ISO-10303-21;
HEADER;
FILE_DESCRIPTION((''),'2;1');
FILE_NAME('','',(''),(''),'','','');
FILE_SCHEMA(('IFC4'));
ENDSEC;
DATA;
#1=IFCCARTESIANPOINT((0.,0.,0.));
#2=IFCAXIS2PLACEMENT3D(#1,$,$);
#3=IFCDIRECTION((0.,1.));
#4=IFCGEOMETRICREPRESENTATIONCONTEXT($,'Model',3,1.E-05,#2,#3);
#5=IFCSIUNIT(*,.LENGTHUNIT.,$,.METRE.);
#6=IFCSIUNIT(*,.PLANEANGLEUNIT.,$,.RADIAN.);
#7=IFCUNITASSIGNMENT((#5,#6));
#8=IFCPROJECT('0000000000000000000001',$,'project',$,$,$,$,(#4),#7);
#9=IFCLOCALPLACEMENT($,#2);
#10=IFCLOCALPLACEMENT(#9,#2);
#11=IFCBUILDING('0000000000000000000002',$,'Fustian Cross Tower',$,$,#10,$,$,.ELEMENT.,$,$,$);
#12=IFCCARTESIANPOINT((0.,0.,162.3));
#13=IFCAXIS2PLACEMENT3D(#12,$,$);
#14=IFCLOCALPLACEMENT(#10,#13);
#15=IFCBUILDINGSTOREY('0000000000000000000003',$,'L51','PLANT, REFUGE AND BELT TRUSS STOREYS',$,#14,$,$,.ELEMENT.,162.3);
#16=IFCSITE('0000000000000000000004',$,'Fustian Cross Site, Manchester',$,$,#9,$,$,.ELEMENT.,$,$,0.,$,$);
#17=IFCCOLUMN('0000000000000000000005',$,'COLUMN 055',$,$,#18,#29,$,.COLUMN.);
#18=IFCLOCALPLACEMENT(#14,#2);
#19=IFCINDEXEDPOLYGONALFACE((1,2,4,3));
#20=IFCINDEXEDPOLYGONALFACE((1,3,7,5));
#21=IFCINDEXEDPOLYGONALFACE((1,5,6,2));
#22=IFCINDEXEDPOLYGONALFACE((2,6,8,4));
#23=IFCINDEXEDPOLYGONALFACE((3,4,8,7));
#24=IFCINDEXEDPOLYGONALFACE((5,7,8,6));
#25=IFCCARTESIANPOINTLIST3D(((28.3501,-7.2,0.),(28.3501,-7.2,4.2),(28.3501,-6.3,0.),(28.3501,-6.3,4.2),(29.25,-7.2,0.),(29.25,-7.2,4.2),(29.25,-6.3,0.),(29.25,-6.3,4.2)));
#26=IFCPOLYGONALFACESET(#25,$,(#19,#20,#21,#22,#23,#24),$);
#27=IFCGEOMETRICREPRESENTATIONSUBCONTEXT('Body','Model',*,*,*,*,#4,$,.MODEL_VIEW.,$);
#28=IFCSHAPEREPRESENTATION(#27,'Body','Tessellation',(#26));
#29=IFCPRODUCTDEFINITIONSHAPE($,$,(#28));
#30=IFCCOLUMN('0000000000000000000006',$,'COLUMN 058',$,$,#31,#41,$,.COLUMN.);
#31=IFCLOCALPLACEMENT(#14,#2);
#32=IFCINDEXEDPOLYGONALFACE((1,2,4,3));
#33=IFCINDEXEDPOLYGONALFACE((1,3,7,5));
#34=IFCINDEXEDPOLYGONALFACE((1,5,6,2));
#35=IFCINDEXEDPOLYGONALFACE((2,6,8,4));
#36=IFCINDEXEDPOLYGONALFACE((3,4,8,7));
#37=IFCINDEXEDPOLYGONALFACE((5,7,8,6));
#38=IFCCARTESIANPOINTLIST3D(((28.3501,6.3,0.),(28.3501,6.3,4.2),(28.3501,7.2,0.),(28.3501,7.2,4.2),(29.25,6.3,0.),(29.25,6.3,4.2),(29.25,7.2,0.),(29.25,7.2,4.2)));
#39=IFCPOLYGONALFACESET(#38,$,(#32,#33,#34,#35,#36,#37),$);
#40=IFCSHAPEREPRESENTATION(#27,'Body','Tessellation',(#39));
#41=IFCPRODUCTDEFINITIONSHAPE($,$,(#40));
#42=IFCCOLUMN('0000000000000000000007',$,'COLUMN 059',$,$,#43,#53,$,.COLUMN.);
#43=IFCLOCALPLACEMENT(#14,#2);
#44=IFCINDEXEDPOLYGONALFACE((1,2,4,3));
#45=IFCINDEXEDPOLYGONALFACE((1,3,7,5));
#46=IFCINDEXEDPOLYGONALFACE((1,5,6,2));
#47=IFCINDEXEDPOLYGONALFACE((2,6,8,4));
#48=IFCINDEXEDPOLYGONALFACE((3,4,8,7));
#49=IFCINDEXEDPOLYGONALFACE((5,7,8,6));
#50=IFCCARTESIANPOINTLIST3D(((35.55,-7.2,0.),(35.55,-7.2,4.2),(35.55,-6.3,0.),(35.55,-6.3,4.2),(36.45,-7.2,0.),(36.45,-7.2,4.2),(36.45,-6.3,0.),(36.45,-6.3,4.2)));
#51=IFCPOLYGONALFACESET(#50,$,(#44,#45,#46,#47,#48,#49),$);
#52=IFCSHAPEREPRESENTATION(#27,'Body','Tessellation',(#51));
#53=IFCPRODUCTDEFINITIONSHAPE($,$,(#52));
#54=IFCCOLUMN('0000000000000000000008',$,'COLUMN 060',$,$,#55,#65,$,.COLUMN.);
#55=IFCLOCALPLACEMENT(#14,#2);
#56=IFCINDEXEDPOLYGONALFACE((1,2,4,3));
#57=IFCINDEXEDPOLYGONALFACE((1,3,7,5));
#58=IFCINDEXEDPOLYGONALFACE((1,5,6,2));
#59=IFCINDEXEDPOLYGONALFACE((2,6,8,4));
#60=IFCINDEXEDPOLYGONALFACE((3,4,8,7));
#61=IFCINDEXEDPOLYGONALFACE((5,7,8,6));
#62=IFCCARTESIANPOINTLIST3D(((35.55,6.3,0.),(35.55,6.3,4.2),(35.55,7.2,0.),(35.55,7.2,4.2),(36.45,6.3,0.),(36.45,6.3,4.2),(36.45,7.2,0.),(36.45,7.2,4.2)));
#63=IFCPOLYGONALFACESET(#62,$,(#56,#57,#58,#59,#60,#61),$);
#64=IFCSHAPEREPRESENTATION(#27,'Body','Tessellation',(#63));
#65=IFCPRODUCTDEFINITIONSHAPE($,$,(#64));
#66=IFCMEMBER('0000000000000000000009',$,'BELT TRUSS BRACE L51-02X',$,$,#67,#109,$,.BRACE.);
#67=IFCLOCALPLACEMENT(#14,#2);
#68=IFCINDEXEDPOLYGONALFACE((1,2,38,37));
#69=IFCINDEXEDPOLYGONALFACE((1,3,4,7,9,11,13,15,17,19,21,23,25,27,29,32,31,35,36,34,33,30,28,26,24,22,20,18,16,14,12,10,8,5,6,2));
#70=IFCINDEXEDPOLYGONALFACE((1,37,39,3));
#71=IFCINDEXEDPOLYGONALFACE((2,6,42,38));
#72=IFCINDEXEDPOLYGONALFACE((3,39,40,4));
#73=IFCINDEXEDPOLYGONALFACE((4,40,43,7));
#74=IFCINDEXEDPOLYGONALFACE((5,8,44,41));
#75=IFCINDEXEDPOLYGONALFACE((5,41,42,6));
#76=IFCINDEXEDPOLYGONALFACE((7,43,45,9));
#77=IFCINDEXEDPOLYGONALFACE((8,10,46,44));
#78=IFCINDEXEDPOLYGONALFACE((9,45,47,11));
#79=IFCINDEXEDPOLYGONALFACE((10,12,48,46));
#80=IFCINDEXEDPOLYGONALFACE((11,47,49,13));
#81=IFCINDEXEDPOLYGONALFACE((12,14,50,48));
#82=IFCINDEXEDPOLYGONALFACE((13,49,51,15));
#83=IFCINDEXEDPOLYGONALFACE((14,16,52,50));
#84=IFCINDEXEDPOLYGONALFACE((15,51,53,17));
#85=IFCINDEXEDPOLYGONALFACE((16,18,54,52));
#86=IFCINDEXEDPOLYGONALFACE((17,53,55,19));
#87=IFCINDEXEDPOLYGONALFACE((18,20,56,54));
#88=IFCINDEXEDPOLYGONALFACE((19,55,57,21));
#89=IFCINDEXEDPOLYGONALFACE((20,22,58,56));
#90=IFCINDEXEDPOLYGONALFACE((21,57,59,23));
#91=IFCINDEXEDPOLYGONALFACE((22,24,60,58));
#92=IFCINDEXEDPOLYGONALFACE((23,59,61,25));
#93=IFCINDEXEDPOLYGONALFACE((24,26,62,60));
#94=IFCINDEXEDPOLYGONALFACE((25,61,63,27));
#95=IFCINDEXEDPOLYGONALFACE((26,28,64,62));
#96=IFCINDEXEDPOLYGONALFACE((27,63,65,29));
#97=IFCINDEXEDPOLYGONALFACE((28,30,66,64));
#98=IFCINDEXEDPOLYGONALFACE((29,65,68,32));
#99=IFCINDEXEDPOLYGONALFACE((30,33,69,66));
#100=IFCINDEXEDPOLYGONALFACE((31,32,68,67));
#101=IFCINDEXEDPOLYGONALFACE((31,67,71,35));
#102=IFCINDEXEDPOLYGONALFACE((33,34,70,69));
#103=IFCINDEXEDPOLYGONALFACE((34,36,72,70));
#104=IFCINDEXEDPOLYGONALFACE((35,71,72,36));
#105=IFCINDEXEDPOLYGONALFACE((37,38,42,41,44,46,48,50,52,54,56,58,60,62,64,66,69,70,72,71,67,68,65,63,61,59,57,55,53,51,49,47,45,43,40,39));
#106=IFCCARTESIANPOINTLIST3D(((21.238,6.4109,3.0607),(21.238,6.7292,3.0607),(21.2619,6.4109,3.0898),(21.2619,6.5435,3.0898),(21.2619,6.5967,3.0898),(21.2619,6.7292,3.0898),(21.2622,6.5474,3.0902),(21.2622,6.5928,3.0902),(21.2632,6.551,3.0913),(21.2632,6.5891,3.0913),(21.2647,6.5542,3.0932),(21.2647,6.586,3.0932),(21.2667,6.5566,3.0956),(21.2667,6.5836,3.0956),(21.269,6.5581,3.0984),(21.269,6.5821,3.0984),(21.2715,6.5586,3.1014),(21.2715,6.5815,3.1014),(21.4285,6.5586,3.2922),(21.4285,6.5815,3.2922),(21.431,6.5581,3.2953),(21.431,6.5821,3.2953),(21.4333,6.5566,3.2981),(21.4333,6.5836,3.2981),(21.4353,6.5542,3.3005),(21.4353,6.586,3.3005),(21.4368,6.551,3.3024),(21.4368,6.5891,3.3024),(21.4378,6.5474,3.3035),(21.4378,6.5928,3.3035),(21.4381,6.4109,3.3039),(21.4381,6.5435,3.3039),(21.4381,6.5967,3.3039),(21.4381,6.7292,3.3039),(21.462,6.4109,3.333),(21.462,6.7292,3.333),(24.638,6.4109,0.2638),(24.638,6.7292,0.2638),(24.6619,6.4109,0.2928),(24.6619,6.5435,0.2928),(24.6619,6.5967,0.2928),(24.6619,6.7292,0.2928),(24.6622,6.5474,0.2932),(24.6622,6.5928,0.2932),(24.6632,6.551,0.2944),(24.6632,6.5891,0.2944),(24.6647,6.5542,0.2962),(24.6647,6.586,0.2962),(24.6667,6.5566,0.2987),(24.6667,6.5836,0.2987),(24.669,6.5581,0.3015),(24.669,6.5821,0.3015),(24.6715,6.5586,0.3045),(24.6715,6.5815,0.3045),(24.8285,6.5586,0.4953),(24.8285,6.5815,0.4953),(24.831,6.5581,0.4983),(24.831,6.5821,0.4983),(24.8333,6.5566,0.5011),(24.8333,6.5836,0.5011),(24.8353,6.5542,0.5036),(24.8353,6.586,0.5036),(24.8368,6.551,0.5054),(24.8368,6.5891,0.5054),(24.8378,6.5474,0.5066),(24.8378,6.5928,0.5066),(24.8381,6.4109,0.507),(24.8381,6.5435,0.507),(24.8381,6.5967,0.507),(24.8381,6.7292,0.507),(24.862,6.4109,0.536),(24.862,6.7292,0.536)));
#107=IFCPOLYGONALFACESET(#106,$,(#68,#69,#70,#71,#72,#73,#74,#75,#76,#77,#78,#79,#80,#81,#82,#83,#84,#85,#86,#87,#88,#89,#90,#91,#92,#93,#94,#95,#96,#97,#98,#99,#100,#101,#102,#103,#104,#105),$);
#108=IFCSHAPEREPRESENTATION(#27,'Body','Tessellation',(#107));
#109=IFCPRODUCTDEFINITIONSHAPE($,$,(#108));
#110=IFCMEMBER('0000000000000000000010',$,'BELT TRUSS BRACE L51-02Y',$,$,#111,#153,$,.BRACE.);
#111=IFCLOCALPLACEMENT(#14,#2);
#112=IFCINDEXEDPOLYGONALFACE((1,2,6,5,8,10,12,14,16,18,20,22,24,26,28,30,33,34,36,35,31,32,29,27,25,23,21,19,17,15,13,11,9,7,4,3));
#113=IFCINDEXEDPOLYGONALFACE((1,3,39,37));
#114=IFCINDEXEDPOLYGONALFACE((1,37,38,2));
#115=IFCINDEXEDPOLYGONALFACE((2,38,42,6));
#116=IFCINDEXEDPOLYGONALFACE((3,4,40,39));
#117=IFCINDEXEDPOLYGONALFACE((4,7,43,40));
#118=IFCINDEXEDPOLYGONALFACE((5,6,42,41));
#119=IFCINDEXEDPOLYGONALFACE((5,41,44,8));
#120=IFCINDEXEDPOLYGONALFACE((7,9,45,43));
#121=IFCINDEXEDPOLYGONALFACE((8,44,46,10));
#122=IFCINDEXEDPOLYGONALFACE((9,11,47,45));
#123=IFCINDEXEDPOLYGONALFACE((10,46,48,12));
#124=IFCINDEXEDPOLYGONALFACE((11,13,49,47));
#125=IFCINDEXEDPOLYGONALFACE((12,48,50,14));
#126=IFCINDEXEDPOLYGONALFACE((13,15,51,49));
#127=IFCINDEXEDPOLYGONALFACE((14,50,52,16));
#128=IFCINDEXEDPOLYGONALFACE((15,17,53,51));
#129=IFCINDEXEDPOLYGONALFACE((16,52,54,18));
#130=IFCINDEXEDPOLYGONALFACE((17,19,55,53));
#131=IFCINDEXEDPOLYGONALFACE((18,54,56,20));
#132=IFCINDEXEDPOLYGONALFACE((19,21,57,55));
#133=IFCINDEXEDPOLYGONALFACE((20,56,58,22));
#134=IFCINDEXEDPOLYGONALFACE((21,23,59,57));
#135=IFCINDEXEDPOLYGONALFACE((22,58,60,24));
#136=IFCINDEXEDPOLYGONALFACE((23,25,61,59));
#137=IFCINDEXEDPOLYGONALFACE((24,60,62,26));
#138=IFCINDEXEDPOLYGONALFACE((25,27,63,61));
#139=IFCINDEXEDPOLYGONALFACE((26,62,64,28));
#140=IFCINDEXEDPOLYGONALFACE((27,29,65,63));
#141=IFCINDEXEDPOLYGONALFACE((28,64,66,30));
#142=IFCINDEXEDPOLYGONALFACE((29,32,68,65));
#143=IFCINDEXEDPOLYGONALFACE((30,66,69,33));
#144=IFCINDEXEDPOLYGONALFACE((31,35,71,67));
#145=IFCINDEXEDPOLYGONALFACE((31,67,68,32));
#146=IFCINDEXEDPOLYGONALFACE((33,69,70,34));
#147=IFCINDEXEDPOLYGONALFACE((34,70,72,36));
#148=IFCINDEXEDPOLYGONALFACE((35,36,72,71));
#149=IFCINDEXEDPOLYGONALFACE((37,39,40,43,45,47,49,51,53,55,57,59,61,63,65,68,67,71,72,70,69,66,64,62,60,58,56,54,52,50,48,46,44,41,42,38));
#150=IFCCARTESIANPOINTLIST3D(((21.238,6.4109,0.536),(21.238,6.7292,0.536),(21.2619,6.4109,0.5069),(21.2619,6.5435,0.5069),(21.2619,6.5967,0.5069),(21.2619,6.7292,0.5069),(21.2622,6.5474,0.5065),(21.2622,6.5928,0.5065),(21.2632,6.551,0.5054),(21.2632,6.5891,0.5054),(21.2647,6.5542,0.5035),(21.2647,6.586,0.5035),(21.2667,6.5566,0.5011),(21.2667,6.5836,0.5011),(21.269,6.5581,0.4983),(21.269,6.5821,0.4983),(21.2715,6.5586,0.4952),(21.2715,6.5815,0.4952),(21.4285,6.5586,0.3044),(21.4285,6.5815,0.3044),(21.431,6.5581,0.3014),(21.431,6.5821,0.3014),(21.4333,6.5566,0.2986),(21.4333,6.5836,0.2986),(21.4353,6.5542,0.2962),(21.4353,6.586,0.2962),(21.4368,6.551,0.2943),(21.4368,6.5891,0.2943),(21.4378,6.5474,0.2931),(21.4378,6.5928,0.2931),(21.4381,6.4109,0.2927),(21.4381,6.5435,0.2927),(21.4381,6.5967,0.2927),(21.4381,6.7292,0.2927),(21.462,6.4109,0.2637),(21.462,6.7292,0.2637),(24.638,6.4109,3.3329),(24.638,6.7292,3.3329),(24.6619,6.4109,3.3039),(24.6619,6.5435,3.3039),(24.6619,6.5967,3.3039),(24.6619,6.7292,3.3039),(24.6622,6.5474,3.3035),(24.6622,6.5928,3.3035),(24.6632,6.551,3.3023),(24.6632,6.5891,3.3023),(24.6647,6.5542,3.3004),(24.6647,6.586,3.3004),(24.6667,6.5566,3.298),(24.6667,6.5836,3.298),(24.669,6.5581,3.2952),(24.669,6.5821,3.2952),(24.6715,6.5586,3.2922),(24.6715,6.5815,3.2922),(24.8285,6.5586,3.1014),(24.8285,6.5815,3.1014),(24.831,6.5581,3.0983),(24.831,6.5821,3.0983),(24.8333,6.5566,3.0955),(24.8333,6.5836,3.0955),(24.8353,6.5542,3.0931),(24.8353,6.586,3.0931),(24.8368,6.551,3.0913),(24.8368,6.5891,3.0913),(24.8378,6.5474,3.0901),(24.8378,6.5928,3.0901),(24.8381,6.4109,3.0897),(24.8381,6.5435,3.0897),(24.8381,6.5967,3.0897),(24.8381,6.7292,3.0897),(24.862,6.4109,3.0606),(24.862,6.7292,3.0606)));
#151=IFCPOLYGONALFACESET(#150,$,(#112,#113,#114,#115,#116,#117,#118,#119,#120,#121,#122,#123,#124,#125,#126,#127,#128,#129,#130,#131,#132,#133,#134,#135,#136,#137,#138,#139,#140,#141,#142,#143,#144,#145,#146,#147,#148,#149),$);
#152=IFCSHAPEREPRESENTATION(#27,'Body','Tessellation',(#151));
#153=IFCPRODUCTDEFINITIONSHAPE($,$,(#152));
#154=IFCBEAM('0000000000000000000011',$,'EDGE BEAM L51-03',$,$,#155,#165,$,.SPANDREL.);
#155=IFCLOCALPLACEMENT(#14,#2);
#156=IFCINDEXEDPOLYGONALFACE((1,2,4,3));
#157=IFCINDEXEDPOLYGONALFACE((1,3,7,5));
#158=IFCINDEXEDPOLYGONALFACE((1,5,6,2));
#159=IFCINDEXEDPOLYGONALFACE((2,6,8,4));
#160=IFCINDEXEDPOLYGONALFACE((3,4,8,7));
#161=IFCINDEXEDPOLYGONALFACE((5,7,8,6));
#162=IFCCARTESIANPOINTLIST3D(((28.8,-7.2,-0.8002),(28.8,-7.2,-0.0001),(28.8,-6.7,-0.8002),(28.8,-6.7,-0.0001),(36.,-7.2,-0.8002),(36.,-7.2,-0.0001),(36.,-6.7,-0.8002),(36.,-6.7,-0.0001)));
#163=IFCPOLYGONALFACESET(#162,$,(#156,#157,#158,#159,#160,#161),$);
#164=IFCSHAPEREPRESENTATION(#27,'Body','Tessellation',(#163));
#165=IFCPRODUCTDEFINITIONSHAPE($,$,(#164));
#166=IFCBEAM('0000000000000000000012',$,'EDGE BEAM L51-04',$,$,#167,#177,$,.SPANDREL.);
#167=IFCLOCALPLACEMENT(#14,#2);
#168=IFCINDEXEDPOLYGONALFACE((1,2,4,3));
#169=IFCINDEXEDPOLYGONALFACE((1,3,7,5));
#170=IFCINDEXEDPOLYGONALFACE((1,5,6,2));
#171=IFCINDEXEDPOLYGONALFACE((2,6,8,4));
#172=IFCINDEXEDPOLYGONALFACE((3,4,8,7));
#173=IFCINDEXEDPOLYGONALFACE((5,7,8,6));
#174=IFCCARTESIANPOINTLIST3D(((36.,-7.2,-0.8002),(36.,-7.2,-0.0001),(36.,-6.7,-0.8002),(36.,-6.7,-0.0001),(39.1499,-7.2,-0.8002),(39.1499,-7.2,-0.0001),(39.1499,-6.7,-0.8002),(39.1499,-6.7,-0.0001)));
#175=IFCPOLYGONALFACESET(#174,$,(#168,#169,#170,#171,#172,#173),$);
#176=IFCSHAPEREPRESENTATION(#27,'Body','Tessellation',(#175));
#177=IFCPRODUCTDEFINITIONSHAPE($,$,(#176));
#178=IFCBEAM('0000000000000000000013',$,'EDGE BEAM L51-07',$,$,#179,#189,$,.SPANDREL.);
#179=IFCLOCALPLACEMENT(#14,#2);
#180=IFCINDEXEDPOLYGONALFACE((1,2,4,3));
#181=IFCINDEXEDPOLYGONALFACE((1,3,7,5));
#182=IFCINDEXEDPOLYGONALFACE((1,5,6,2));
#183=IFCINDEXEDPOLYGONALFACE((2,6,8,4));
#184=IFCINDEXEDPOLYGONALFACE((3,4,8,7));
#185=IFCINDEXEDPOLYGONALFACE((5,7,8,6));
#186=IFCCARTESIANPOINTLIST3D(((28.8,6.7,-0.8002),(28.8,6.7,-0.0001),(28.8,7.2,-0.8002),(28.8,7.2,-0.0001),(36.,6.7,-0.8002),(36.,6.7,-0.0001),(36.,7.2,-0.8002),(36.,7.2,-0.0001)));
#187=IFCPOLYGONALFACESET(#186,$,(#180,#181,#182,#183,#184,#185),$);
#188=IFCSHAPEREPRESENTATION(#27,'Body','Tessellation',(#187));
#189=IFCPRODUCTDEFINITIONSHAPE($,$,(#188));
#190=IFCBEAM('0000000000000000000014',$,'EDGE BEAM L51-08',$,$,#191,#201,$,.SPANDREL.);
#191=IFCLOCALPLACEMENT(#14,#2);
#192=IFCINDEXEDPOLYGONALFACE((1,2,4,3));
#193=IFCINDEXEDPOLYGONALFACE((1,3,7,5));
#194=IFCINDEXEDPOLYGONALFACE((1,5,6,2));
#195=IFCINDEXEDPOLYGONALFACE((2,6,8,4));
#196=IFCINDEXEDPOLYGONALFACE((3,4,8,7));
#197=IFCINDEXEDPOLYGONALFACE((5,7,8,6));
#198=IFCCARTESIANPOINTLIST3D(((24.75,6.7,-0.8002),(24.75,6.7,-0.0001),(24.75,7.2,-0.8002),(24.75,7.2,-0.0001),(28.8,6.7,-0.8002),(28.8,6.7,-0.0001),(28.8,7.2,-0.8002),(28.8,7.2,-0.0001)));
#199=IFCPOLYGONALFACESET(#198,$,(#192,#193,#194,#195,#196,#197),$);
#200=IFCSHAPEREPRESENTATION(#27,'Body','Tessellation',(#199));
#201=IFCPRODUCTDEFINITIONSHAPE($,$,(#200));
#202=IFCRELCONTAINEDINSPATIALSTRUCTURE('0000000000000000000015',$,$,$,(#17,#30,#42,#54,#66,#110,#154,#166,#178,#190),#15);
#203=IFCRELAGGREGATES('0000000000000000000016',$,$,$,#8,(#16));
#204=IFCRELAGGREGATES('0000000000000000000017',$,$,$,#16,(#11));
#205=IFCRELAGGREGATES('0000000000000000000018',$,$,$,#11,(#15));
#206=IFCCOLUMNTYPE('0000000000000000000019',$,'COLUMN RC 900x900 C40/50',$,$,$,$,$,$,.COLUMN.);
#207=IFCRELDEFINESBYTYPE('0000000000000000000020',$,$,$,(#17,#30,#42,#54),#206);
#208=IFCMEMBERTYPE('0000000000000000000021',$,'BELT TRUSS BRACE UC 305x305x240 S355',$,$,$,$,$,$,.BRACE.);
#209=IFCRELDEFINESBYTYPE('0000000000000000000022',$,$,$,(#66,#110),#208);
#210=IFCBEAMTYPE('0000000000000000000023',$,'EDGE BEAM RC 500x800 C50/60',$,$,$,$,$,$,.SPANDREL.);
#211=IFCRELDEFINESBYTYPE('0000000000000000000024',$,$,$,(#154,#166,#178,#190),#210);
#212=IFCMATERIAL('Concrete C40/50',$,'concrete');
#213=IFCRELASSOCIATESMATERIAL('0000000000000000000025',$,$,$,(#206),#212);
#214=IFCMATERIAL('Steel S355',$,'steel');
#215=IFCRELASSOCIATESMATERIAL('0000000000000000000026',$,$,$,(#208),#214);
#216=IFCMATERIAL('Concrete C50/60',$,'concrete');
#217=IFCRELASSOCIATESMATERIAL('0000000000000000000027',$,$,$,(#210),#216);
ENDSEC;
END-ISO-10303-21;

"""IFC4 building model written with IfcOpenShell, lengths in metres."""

from ifc_helpers import new_model, si_unit, direction, frame, origin, origin_2d, place, context, subcontext, project, spatial, rectangle, i_section, extrude, material, material_profile, profile_set, type_object, element, save


model = new_model("IFC4")

# Units and contexts
model_context = context("Model", 3, precision=1e-05, world=origin(), true_north=direction((0.0, 1.0)))
body_context = subcontext(model_context, "Body", "Model", "MODEL_VIEW")
ifc_project = project(units=[si_unit("LENGTHUNIT", "METRE"), si_unit("PLANEANGLEUNIT", "RADIAN")], contexts=[model_context])

# Site, building, storey
site_placement = place(None, origin())
site = spatial("IfcSite", under=ifc_project, at=site_placement, Name="Fustian Cross Site, Manchester", CompositionType="ELEMENT", RefElevation=0.0)
building_placement = place(site_placement, origin())
building = spatial("IfcBuilding", under=site, at=building_placement, Name="Fustian Cross Tower", CompositionType="ELEMENT")
storey_placement = place(building_placement, frame((0.0, 0.0, 162.3)))
storey = spatial("IfcBuildingStorey", under=building, at=storey_placement, Name="L51", Description="PLANT, REFUGE AND BELT TRUSS STOREYS", CompositionType="ELEMENT", Elevation=162.3)

# Columns
ifc_material_1 = material(Name="Concrete C40/50", Category="concrete")
ifc_material_profile_1 = material_profile(ifc_material_1, rectangle(XDim=0.8999, YDim=0.8999, at=origin_2d()), Name="RC 900x900")
ifc_profile_set_1 = profile_set([ifc_material_profile_1], Name="Concrete C40/50")
column_type = type_object("IfcColumnType", Name="COLUMN RC 900x900 C40/50", PredefinedType="COLUMN", material=ifc_profile_set_1)
for number, where, z_axis, x_axis, name in (
    (1, (28.8, -6.75, 0.0), (0.0, 0.0, 1.0), (1.0, 0.0, 0.0), "COLUMN 055"),
    (2, (28.8, 6.75, 0.0), (0.0, 0.0, 1.0), (1.0, 0.0, 0.0), "COLUMN 058"),
    (3, (36.0, -6.75, 0.0), (0.0, 0.0, 1.0), (1.0, 0.0, 0.0), "COLUMN 059"),
    (4, (36.0, 6.75, 0.0), (0.0, 0.0, 1.0), (1.0, 0.0, 0.0), "COLUMN 060"),
):
    element("IfcColumn", number, at=place(storey_placement, frame(where, z_axis=z_axis, x_axis=x_axis)), inside=storey, type_object=column_type, Name=name, PredefinedType="COLUMN", context=body_context, shape_type="SweptSolid", body=[
        extrude(rectangle(XDim=0.8999, YDim=0.8999, at=origin_2d()), origin(), (0.0, 0.0, 1.0), 4.2),
    ])

# Members
ifc_material_2 = material(Name="Steel S355", Category="steel")
ifc_material_profile_2 = material_profile(ifc_material_2, i_section(OverallWidth=0.3184, OverallDepth=0.3525, WebThickness=0.0229, FlangeThickness=0.0376, FilletRadius=0.0151, at=origin_2d()), Name="UC 305x305x240")
ifc_profile_set_2 = profile_set([ifc_material_profile_2], Name="Steel S355")
member_type = type_object("IfcMemberType", Name="BELT TRUSS BRACE UC 305x305x240 S355", PredefinedType="BRACE", material=ifc_profile_set_2)
for number, where, z_axis, x_axis, name in (
    (5, (24.75, 6.5701, 0.3999), (-0.772269, 0.0, 0.635295), (0.0, -1.0, 0.0), "BELT TRUSS BRACE L51-02X"),
    (6, (24.75, 6.5701, 3.1968), (-0.772269, 0.0, -0.635295), (0.0, -1.0, 0.0), "BELT TRUSS BRACE L51-02Y"),
):
    element("IfcMember", number, at=place(storey_placement, frame(where, z_axis=z_axis, x_axis=x_axis)), inside=storey, type_object=member_type, Name=name, PredefinedType="BRACE", context=body_context, shape_type="SweptSolid", body=[
        extrude(i_section(OverallWidth=0.3184, OverallDepth=0.3525, WebThickness=0.0229, FlangeThickness=0.0376, FilletRadius=0.0151, at=origin_2d()), origin(), (0.0, 0.0, 1.0), 4.4026),
    ])

# Beams
ifc_material_3 = material(Name="Concrete C50/60", Category="concrete")
ifc_material_profile_3 = material_profile(ifc_material_3, rectangle(XDim=0.5, YDim=0.8, at=origin_2d()), Name="RC 500x800")
ifc_profile_set_3 = profile_set([ifc_material_profile_3], Name="Concrete C50/60")
beam_type_1 = type_object("IfcBeamType", Name="EDGE BEAM RC 500x800 C50/60", PredefinedType="SPANDREL", material=ifc_profile_set_3)
beam_1_placement = place(storey_placement, frame((28.8, -6.95, -0.4001), z_axis=(1.0, 0.0, 0.0), x_axis=(0.0, 1.0, 0.0)))
element("IfcBeam", 7, at=beam_1_placement, inside=storey, type_object=beam_type_1, Name="EDGE BEAM L51-03", PredefinedType="SPANDREL", context=body_context, shape_type="SweptSolid", body=[
    extrude(rectangle(XDim=0.5, YDim=0.8, at=origin_2d()), origin(), (0.0, 0.0, 1.0), 7.2),
])
beam_2_placement = place(storey_placement, frame((36.0, -6.95, -0.4001), z_axis=(1.0, 0.0, 0.0), x_axis=(0.0, 1.0, 0.0)))
element("IfcBeam", 8, at=beam_2_placement, inside=storey, type_object=beam_type_1, Name="EDGE BEAM L51-04", PredefinedType="SPANDREL", context=body_context, shape_type="SweptSolid", body=[
    extrude(rectangle(XDim=0.5, YDim=0.8, at=origin_2d()), origin(), (0.0, 0.0, 1.0), 3.1499),
])
beam_3_placement = place(storey_placement, frame((36.0, 6.95, -0.4001), z_axis=(-1.0, 0.0, 0.0), x_axis=(0.0, -1.0, 0.0)))
element("IfcBeam", 9, at=beam_3_placement, inside=storey, type_object=beam_type_1, Name="EDGE BEAM L51-07", PredefinedType="SPANDREL", context=body_context, shape_type="SweptSolid", body=[
    extrude(rectangle(XDim=0.5, YDim=0.8, at=origin_2d()), origin(), (0.0, 0.0, 1.0), 7.2),
])
beam_4_placement = place(storey_placement, frame((28.8, 6.95, -0.4001), z_axis=(-1.0, 0.0, 0.0), x_axis=(0.0, -1.0, 0.0)))
element("IfcBeam", 10, at=beam_4_placement, inside=storey, type_object=beam_type_1, Name="EDGE BEAM L51-08", PredefinedType="SPANDREL", context=body_context, shape_type="SweptSolid", body=[
    extrude(rectangle(XDim=0.5, YDim=0.8, at=origin_2d()), origin(), (0.0, 0.0, 1.0), 4.05),
])

save(model, "model.ifc")
